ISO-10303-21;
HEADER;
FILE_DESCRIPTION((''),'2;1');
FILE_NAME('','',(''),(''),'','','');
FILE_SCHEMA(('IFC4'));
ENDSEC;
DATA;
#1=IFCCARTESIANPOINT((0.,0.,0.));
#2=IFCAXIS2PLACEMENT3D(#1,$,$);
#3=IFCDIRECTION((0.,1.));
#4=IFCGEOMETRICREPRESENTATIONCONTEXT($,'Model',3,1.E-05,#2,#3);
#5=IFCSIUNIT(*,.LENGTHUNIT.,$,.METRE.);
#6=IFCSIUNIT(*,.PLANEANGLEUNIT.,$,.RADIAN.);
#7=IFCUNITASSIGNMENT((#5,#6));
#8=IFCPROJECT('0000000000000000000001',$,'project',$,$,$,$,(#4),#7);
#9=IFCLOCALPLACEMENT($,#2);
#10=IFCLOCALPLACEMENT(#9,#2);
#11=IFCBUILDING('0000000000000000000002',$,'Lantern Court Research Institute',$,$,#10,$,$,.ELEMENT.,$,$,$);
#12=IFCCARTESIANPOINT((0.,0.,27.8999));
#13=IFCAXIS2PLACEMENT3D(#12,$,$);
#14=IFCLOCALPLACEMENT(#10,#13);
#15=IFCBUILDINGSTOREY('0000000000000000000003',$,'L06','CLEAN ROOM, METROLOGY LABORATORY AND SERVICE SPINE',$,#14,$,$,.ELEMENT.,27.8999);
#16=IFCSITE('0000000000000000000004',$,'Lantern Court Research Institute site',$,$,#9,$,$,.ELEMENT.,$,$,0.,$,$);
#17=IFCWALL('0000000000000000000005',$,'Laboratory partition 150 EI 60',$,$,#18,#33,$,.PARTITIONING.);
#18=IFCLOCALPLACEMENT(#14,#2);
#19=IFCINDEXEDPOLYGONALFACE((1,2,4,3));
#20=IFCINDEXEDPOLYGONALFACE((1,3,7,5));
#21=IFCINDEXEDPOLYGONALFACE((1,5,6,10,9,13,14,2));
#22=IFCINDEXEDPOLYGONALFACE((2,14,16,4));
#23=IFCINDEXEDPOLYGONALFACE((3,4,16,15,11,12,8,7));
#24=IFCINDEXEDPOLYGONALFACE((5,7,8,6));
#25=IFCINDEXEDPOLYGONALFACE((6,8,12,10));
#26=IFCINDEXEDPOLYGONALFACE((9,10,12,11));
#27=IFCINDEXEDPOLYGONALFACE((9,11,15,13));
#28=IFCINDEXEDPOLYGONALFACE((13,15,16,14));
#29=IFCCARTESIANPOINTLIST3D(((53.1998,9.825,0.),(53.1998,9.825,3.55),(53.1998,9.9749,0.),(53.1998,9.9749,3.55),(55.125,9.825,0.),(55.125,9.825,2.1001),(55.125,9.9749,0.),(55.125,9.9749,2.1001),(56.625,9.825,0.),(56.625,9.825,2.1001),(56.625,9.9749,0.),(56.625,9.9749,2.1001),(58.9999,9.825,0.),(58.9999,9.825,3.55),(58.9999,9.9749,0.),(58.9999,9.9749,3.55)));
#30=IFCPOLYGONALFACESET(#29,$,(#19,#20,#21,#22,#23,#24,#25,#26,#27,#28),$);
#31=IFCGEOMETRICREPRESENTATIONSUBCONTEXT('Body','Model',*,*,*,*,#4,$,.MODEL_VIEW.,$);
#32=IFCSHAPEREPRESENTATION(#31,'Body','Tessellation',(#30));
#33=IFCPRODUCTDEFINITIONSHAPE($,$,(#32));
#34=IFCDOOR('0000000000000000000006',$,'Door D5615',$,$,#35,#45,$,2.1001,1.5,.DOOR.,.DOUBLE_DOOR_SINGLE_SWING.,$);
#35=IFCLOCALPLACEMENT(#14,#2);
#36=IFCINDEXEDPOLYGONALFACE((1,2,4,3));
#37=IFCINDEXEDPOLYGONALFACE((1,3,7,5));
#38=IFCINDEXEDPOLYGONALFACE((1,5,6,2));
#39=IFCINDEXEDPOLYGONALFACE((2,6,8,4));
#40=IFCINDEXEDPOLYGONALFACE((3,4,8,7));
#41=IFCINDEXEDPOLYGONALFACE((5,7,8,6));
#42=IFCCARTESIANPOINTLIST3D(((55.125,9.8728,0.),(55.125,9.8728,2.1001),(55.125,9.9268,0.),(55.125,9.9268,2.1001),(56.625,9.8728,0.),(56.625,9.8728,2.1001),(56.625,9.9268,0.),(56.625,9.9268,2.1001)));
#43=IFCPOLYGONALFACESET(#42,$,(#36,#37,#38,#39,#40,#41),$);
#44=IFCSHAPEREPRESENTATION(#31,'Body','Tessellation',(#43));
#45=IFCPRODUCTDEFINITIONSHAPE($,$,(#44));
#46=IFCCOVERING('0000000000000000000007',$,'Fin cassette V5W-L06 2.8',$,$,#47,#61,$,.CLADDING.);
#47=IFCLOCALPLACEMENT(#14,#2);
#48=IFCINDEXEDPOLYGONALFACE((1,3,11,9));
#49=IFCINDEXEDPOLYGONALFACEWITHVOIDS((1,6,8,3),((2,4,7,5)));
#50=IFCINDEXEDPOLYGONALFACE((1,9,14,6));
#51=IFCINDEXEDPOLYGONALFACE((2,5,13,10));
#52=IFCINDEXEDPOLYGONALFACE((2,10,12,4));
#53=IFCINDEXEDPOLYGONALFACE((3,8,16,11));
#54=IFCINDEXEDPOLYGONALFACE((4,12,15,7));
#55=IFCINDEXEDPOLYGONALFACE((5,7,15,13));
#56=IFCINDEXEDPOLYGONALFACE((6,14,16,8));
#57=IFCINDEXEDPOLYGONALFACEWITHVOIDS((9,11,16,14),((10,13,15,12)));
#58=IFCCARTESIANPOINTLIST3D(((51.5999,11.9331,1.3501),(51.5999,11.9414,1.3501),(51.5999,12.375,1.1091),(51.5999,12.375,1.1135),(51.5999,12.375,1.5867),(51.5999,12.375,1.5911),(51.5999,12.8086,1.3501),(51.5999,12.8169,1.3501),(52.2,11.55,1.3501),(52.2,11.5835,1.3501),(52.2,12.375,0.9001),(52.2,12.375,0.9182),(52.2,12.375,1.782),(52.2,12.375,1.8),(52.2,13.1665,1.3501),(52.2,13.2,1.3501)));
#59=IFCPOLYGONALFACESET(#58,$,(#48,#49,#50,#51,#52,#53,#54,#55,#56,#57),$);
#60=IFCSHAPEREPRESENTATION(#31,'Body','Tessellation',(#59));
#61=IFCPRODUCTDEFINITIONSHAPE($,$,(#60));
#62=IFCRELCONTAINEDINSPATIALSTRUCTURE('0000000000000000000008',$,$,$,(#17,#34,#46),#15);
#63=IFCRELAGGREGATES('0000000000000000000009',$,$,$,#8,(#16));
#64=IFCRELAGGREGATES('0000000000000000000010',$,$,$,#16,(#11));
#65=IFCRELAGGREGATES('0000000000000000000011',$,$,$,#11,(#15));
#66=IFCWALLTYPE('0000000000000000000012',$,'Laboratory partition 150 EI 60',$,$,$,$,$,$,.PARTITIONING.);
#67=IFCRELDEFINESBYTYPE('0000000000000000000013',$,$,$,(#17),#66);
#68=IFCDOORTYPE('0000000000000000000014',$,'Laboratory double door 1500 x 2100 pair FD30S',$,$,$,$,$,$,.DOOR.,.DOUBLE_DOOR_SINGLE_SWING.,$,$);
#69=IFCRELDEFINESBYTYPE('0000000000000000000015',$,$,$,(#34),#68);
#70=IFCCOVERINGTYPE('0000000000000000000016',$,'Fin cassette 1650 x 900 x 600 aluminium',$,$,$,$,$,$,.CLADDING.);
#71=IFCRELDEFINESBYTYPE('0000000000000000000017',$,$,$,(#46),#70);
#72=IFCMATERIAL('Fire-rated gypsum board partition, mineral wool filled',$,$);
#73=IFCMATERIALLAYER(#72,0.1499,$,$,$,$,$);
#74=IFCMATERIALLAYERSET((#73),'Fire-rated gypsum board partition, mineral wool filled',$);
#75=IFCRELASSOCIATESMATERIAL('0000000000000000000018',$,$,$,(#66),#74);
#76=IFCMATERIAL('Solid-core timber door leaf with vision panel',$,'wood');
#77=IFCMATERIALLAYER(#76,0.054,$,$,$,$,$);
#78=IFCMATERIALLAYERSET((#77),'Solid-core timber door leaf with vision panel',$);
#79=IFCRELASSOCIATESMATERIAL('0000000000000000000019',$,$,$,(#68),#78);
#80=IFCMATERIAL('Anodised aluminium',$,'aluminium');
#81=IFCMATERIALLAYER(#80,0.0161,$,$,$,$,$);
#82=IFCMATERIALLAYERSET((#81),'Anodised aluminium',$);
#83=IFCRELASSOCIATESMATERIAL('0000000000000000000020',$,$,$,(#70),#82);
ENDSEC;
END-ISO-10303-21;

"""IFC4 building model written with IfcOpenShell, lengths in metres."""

from ifc_helpers import new_model, entity, si_unit, direction, frame, frame_2d, origin, place, context, subcontext, project, spatial, rectangle, extrude, material, layer, layer_set, type_object, element, fill, save


model = new_model("IFC4")

# Units and contexts
model_context = context("Model", 3, precision=1e-05, world=origin(), true_north=direction((0.0, 1.0)))
body_context = subcontext(model_context, "Body", "Model", "MODEL_VIEW")
ifc_project = project(units=[si_unit("LENGTHUNIT", "METRE"), si_unit("PLANEANGLEUNIT", "RADIAN")], contexts=[model_context])

# Site, building, storey
site_placement = place(None, origin())
site = spatial("IfcSite", under=ifc_project, at=site_placement, Name="Lantern Court Research Institute site", CompositionType="ELEMENT", RefElevation=0.0)
building_placement = place(site_placement, origin())
building = spatial("IfcBuilding", under=site, at=building_placement, Name="Lantern Court Research Institute", CompositionType="ELEMENT")
storey_placement = place(building_placement, frame((0.0, 0.0, 27.8999)))
storey = spatial("IfcBuildingStorey", under=building, at=storey_placement, Name="L06", Description="CLEAN ROOM, METROLOGY LABORATORY AND SERVICE SPINE", CompositionType="ELEMENT", Elevation=27.8999)

# Wall, opening, door
ifc_material_1 = material(Name="Fire-rated gypsum board partition, mineral wool filled")
ifc_layer_1 = layer(ifc_material_1, 0.1499)
ifc_layer_set_1 = layer_set([ifc_layer_1], Name="Fire-rated gypsum board partition, mineral wool filled")
wall_type = type_object("IfcWallType", Name="Laboratory partition 150 EI 60", PredefinedType="PARTITIONING", material=ifc_layer_set_1)
wall_placement = place(storey_placement, frame((53.2, 9.8999, 0.0), z_axis=(0.0, 0.0, 1.0), x_axis=(1.0, 0.0, 0.0)))
wall = element("IfcWall", 1, at=wall_placement, inside=storey, type_object=wall_type, Name="Laboratory partition 150 EI 60", PredefinedType="PARTITIONING", context=body_context, shape_type="SweptSolid", body=[
    extrude(rectangle(XDim=5.8, YDim=0.1499, at=frame_2d((2.8999, 0.0))), origin(), (0.0, 0.0, 1.0), 3.55),
])
opening_placement = place(wall_placement, frame((1.925, 0.0, 0.0)))
opening = element("IfcOpeningElement", 2, at=opening_placement, cuts=wall, PredefinedType="OPENING", context=body_context, shape_type="SweptSolid", body=[
    extrude(rectangle(XDim=1.5, YDim=2.1001, at=frame_2d((0.75, 1.05))), frame((0.0, 0.085, 0.0), z_axis=(0.0, -1.0, 0.0), x_axis=(1.0, 0.0, 0.0)), (0.0, 0.0, 1.0), 0.1699),
])
ifc_material_2 = material(Name="Solid-core timber door leaf with vision panel", Category="wood")
ifc_layer_2 = layer(ifc_material_2, 0.054)
ifc_layer_set_2 = layer_set([ifc_layer_2], Name="Solid-core timber door leaf with vision panel")
door_type = type_object("IfcDoorType", Name="Laboratory double door 1500 x 2100 pair FD30S", OperationType="DOUBLE_DOOR_SINGLE_SWING", PredefinedType="DOOR", material=ifc_layer_set_2)
door_placement = place(opening_placement, origin())
door = element("IfcDoor", 3, at=door_placement, inside=storey, type_object=door_type, Name="Door D5615", OperationType="DOUBLE_DOOR_SINGLE_SWING", OverallHeight=2.1001, OverallWidth=1.5, PredefinedType="DOOR", context=body_context, shape_type="SweptSolid", body=[
    extrude(rectangle(XDim=1.5, YDim=2.1001, at=frame_2d((0.75, 1.05))), frame((0.0, 0.0269, 0.0), z_axis=(0.0, -1.0, 0.0), x_axis=(1.0, 0.0, 0.0)), (0.0, 0.0, 1.0), 0.054),
])
fill(opening, door)

# Covering
ifc_material_3 = material(Name="Anodised aluminium", Category="aluminium")
ifc_layer_3 = layer(ifc_material_3, 0.0161)
ifc_layer_set_3 = layer_set([ifc_layer_3], Name="Anodised aluminium")
covering_type = type_object("IfcCoveringType", Name="Fin cassette 1650 x 900 x 600 aluminium", PredefinedType="CLADDING", material=ifc_layer_set_3)
covering_placement = place(storey_placement, frame((52.2, 12.375, 1.3501), z_axis=(-1.0, 0.0, 0.0), x_axis=(0.0, -1.0, 0.0)))
cartesian_point_1 = entity("IfcCartesianPoint", [0.825, 0.0])
cartesian_point_2 = entity("IfcCartesianPoint", [0.7915, 0.0])
cartesian_point_3 = entity("IfcCartesianPoint", [0.4419, 0.0])
cartesian_point_4 = entity("IfcCartesianPoint", [0.4336, 0.0])
element("IfcCovering", 4, at=covering_placement, inside=storey, type_object=covering_type, Name="Fin cassette V5W-L06 2.8", PredefinedType="CLADDING", context=body_context, shape_type="SweptSolid", body=[
    entity("IfcExtrudedAreaSolidTapered", entity("IfcArbitraryProfileDefWithVoids", "AREA", None, entity("IfcPolyline", [cartesian_point_1, entity("IfcCartesianPoint", [0.0, 0.45]), entity("IfcCartesianPoint", [-0.825, 0.0]), entity("IfcCartesianPoint", [0.0, -0.45]), cartesian_point_1]), [entity("IfcPolyline", [cartesian_point_2, entity("IfcCartesianPoint", [0.0, 0.4319]), entity("IfcCartesianPoint", [-0.7915, 0.0]), entity("IfcCartesianPoint", [0.0, -0.4319]), cartesian_point_2])]), entity("IfcAxis2Placement3D", entity("IfcCartesianPoint", [0.0, 0.0, 0.0])), entity("IfcDirection", [0.0, 0.0, 1.0]), 0.6001, entity("IfcArbitraryProfileDefWithVoids", "AREA", None, entity("IfcPolyline", [cartesian_point_3, entity("IfcCartesianPoint", [0.0, 0.241]), entity("IfcCartesianPoint", [-0.4419, 0.0]), entity("IfcCartesianPoint", [0.0, -0.241]), cartesian_point_3]), [entity("IfcPolyline", [cartesian_point_4, entity("IfcCartesianPoint", [0.0, 0.2366]), entity("IfcCartesianPoint", [-0.4336, 0.0]), entity("IfcCartesianPoint", [0.0, -0.2366]), cartesian_point_4])])),
])

save(model, "model.ifc")
